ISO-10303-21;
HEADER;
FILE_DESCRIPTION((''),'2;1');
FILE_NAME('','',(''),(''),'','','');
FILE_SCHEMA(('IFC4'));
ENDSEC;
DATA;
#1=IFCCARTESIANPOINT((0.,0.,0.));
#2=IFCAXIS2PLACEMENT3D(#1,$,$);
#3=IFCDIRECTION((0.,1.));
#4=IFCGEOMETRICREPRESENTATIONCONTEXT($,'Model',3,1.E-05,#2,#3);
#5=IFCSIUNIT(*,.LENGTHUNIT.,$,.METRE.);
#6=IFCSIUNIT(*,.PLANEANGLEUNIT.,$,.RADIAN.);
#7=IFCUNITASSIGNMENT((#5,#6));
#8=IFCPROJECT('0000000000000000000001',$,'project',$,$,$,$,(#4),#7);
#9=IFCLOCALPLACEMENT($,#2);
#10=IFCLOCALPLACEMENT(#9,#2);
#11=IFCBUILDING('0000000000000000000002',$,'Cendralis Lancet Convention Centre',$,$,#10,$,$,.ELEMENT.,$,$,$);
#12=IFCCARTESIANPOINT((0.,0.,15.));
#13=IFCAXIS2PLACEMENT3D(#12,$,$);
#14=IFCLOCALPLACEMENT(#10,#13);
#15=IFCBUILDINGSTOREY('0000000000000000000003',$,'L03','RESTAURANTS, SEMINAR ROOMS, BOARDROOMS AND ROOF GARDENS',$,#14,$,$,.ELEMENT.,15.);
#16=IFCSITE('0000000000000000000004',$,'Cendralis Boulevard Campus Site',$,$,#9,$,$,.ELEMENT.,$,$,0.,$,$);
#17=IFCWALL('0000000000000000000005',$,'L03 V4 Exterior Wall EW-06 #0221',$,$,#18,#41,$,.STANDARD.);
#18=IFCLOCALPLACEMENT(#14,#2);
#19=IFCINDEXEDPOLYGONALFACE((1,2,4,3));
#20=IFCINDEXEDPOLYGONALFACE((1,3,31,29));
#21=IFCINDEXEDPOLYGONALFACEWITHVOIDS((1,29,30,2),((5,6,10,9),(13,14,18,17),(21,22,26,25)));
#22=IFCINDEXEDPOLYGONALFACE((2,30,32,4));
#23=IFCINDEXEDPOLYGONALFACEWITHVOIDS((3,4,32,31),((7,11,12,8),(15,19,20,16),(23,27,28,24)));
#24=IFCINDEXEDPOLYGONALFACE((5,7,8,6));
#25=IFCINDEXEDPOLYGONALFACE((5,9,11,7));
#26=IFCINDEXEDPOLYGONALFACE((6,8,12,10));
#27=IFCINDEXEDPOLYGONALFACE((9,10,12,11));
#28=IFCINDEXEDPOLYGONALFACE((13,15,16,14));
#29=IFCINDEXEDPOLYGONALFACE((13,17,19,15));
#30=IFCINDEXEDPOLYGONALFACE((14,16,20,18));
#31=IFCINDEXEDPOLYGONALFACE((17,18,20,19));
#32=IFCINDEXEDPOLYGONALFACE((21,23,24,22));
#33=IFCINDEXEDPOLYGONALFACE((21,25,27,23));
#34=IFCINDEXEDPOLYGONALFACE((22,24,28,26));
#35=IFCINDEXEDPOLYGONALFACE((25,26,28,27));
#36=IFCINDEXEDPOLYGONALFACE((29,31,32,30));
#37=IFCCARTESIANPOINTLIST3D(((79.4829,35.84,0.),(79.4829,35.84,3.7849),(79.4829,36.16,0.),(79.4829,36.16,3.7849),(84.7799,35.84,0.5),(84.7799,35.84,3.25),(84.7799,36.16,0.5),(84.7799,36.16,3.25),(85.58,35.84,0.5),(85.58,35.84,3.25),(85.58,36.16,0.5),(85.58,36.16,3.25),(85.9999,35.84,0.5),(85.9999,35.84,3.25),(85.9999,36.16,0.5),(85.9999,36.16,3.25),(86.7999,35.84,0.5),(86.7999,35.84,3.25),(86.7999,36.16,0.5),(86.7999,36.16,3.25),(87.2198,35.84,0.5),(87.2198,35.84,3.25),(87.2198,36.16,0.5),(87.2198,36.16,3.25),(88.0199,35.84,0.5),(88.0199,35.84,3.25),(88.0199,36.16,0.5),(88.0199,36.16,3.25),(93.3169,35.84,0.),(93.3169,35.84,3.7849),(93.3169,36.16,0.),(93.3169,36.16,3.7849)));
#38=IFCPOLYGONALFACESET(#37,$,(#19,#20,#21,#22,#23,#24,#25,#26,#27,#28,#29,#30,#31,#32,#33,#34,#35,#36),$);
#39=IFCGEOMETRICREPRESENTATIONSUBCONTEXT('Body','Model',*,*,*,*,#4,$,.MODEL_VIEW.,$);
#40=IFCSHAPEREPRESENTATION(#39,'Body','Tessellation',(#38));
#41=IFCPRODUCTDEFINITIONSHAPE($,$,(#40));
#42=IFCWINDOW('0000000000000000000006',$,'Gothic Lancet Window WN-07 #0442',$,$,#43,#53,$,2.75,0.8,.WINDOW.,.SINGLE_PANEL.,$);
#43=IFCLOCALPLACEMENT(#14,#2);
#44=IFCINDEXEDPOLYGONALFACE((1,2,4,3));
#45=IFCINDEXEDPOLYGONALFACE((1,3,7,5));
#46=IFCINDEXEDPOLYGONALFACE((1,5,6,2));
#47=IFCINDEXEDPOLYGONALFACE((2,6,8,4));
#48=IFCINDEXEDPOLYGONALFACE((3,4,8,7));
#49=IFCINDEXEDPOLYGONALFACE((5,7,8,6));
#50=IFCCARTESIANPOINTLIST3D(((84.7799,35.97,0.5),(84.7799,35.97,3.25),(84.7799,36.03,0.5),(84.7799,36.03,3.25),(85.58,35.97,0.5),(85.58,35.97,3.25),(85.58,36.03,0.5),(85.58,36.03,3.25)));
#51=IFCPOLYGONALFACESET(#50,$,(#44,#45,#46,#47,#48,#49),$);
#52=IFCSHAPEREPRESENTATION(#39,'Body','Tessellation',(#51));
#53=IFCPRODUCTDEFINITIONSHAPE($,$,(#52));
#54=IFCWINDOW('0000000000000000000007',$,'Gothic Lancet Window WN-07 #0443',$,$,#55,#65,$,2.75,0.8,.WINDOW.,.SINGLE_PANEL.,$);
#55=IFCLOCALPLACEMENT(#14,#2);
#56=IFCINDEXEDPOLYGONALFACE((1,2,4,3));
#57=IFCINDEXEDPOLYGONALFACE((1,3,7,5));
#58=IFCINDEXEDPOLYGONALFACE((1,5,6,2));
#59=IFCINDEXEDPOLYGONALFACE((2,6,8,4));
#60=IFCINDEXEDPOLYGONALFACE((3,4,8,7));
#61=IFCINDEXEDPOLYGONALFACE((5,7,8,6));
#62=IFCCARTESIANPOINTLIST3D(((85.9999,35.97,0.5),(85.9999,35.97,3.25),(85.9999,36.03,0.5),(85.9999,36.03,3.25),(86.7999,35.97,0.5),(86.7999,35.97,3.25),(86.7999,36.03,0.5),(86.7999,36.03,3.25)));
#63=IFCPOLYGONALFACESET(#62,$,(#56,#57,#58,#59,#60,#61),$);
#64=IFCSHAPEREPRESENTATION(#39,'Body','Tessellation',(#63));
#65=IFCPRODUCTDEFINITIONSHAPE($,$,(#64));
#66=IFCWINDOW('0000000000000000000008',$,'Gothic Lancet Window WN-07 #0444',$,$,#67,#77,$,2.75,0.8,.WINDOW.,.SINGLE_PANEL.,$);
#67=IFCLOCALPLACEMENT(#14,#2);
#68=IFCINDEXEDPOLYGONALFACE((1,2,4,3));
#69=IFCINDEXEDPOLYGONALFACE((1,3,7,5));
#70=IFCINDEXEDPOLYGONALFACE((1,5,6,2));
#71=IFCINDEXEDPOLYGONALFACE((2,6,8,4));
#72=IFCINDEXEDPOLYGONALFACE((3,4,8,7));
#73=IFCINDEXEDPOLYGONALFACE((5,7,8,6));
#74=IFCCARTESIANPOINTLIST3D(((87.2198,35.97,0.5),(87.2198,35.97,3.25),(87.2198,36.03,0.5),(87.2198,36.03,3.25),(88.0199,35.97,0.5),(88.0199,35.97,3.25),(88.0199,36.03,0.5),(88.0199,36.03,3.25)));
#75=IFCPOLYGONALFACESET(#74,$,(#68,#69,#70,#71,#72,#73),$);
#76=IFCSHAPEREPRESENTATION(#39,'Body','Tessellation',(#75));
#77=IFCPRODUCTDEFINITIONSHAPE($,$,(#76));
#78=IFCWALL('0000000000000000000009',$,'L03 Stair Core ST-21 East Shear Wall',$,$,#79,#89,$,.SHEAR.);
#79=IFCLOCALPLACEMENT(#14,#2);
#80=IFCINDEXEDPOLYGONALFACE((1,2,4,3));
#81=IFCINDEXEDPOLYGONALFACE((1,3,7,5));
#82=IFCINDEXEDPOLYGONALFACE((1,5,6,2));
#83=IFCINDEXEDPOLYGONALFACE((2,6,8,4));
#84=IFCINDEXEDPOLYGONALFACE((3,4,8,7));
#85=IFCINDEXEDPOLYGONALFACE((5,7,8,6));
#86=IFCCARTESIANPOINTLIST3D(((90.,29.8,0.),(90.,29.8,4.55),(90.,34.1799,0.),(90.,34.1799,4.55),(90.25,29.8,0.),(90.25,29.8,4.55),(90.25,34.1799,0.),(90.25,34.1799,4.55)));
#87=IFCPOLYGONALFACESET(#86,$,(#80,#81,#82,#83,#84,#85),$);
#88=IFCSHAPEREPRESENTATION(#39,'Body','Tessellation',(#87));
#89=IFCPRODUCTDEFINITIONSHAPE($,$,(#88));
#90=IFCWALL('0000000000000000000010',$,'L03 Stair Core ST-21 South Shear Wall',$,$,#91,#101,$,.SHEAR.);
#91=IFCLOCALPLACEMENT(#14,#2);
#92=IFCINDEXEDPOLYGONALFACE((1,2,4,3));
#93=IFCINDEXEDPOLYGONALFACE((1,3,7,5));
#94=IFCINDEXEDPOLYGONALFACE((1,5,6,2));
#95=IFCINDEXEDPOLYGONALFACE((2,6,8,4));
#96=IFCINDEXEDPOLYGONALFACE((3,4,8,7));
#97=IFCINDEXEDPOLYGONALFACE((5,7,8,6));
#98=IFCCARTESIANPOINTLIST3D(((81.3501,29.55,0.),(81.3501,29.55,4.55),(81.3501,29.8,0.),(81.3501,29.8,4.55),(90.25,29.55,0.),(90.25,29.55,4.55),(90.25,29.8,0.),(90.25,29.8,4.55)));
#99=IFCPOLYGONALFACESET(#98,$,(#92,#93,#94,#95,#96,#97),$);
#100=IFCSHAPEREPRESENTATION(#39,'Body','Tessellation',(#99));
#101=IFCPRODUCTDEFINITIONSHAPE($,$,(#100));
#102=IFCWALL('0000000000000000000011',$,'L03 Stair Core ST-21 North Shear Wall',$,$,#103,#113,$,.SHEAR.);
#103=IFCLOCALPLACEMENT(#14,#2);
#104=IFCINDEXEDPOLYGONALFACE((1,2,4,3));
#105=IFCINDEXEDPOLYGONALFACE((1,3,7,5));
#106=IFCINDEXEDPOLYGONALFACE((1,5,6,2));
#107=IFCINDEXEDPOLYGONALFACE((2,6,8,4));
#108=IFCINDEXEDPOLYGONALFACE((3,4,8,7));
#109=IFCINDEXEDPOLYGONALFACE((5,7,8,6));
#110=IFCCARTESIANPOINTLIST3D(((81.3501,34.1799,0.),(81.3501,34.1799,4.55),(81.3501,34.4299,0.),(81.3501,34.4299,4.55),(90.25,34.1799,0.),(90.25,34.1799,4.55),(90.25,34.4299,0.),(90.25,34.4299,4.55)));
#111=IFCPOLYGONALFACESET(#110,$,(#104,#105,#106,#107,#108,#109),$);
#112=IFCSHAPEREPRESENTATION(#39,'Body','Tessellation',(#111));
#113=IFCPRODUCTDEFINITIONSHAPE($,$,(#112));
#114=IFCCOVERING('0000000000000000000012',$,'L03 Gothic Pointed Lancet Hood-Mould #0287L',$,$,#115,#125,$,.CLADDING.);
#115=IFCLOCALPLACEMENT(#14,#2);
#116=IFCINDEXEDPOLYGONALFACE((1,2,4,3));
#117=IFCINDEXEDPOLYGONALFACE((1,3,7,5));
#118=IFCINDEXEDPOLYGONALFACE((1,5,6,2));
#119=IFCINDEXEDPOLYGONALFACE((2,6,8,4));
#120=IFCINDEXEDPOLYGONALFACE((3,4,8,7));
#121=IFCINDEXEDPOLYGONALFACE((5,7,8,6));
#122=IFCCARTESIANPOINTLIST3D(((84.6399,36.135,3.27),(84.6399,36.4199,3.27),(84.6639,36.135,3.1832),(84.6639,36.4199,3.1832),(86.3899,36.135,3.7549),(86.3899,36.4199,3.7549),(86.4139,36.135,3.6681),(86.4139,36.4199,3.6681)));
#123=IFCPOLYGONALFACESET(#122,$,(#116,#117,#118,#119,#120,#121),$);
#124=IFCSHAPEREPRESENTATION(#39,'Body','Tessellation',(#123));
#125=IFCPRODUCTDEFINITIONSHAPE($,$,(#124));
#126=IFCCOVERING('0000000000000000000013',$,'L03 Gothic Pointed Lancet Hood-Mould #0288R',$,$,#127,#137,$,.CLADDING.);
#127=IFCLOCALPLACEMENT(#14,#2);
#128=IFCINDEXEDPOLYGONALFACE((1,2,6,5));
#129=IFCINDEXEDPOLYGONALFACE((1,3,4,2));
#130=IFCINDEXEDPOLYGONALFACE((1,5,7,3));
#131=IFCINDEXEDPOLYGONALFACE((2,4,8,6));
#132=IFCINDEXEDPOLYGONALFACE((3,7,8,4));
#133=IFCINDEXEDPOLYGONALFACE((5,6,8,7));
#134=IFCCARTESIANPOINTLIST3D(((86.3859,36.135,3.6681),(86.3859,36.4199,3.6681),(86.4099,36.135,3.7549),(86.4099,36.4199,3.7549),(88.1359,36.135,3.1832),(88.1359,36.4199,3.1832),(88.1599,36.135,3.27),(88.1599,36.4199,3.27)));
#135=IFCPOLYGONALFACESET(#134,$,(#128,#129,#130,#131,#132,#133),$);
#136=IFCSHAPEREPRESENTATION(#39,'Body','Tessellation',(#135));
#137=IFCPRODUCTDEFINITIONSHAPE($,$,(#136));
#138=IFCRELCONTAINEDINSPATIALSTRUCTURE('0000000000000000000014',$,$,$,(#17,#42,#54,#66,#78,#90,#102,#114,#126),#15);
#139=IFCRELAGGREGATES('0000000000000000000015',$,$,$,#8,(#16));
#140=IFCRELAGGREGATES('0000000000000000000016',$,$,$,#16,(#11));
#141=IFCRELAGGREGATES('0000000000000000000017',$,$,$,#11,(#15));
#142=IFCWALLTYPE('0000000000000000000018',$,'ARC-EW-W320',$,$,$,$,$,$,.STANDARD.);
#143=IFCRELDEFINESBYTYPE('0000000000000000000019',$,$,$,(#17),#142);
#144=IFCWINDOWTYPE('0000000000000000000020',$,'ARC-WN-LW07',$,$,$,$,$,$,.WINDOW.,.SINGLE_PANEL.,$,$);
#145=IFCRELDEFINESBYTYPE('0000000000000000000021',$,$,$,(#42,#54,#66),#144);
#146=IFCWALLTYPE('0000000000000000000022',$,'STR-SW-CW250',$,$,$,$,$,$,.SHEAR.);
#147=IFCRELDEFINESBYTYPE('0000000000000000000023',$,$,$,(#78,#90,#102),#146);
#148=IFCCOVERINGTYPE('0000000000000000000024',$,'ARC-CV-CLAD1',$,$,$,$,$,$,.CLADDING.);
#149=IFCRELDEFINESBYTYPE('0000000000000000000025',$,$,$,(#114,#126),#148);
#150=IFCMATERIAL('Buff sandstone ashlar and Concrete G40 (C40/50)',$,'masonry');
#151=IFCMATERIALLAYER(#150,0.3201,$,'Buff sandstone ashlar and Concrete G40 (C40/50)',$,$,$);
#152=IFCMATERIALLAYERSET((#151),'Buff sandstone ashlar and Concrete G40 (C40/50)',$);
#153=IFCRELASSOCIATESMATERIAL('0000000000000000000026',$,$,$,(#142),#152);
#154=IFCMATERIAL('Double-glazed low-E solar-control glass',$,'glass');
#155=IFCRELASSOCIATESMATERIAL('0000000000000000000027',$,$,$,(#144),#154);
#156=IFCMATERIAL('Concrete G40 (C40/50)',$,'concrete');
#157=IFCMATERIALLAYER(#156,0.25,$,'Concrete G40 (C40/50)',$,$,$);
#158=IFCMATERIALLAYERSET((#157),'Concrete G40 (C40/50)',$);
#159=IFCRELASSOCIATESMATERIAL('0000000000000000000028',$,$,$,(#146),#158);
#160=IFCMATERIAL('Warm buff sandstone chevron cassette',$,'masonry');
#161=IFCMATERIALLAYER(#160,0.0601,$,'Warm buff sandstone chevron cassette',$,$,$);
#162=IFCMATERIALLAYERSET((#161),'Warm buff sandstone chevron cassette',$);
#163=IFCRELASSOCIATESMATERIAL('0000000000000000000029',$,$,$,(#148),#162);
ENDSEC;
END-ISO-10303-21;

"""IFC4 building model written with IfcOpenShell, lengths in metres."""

from ifc_helpers import new_model, si_unit, direction, frame, frame_2d, origin, place, context, subcontext, project, spatial, polyline, rectangle, outline, extrude, material, layer, layer_set, type_object, element, fill, save


model = new_model("IFC4")

# Units and contexts
model_context = context("Model", 3, precision=1e-05, world=origin(), true_north=direction((0.0, 1.0)))
body_context = subcontext(model_context, "Body", "Model", "MODEL_VIEW")
ifc_project = project(units=[si_unit("LENGTHUNIT", "METRE"), si_unit("PLANEANGLEUNIT", "RADIAN")], contexts=[model_context])

# Site, building, storey
site_placement = place(None, origin())
site = spatial("IfcSite", under=ifc_project, at=site_placement, Name="Cendralis Boulevard Campus Site", CompositionType="ELEMENT", RefElevation=0.0)
building_placement = place(site_placement, origin())
building = spatial("IfcBuilding", under=site, at=building_placement, Name="Cendralis Lancet Convention Centre", CompositionType="ELEMENT")
storey_placement = place(building_placement, frame((0.0, 0.0, 15.0)))
storey = spatial("IfcBuildingStorey", under=building, at=storey_placement, Name="L03", Description="RESTAURANTS, SEMINAR ROOMS, BOARDROOMS AND ROOF GARDENS", CompositionType="ELEMENT", Elevation=15.0)

# Shared definitions
ifc_material_1 = material(Name="Concrete G40 (C40/50)", Category="concrete")

# Shared definitions
ifc_material_2 = material(Name="Double-glazed low-E solar-control glass", Category="glass")

# Wall, openings, windows
ifc_material_3 = material(Name="Buff sandstone ashlar and Concrete G40 (C40/50)", Category="masonry")
ifc_layer_1 = layer(ifc_material_3, 0.3201, Name="Buff sandstone ashlar and Concrete G40 (C40/50)")
ifc_layer_set_1 = layer_set([ifc_layer_1], Name="Buff sandstone ashlar and Concrete G40 (C40/50)")
wall_type_1 = type_object("IfcWallType", Name="ARC-EW-W320", PredefinedType="STANDARD", material=ifc_layer_set_1)
wall_1_placement = place(storey_placement, frame((79.4829, 36.0, 0.0), z_axis=(0.0, 0.0, 1.0), x_axis=(1.0, 0.0, 0.0)))
wall_1 = element("IfcWall", 1, at=wall_1_placement, inside=storey, type_object=wall_type_1, Name="L03 V4 Exterior Wall EW-06 #0221", PredefinedType="STANDARD", context=body_context, shape_type="SweptSolid", body=[
    extrude(rectangle(XDim=13.834, YDim=0.3201, at=frame_2d((6.917, 0.0))), origin(), (0.0, 0.0, 1.0), 3.7849),
])
opening_1_placement = place(wall_1_placement, frame((5.2971, 0.0, 0.5)))
opening_1 = element("IfcOpeningElement", 2, at=opening_1_placement, cuts=wall_1, PredefinedType="OPENING", context=body_context, shape_type="SweptSolid", body=[
    extrude(rectangle(XDim=0.8, YDim=2.75, at=frame_2d((0.3999, 1.375))), frame((0.0, 0.1699, 0.0), z_axis=(0.0, -1.0, 0.0), x_axis=(1.0, 0.0, 0.0)), (0.0, 0.0, 1.0), 0.3401),
])
opening_2_placement = place(wall_1_placement, frame((6.5171, 0.0, 0.5)))
opening_2 = element("IfcOpeningElement", 3, at=opening_2_placement, cuts=wall_1, PredefinedType="OPENING", context=body_context, shape_type="SweptSolid", body=[
    extrude(rectangle(XDim=0.8, YDim=2.75, at=frame_2d((0.3999, 1.375))), frame((0.0, 0.1699, 0.0), z_axis=(0.0, -1.0, 0.0), x_axis=(1.0, 0.0, 0.0)), (0.0, 0.0, 1.0), 0.3401),
])
opening_3_placement = place(wall_1_placement, frame((7.7371, 0.0, 0.5)))
opening_3 = element("IfcOpeningElement", 4, at=opening_3_placement, cuts=wall_1, PredefinedType="OPENING", context=body_context, shape_type="SweptSolid", body=[
    extrude(rectangle(XDim=0.8, YDim=2.75, at=frame_2d((0.3999, 1.375))), frame((0.0, 0.1699, 0.0), z_axis=(0.0, -1.0, 0.0), x_axis=(1.0, 0.0, 0.0)), (0.0, 0.0, 1.0), 0.3401),
])
window_type = type_object("IfcWindowType", Name="ARC-WN-LW07", PartitioningType="SINGLE_PANEL", PredefinedType="WINDOW", material=ifc_material_2)
window_1_placement = place(opening_1_placement, origin())
window_1 = element("IfcWindow", 5, at=window_1_placement, inside=storey, type_object=window_type, Name="Gothic Lancet Window WN-07 #0442", OverallHeight=2.75, OverallWidth=0.8, PartitioningType="SINGLE_PANEL", PredefinedType="WINDOW", context=body_context, shape_type="SweptSolid", body=[
    extrude(rectangle(XDim=0.8, YDim=2.75, at=frame_2d((0.3999, 1.375))), frame((0.0, 0.03, 0.0), z_axis=(0.0, -1.0, 0.0), x_axis=(1.0, 0.0, 0.0)), (0.0, 0.0, 1.0), 0.0601),
])
fill(opening_1, window_1)
window_2_placement = place(opening_2_placement, origin())
window_2 = element("IfcWindow", 6, at=window_2_placement, inside=storey, type_object=window_type, Name="Gothic Lancet Window WN-07 #0443", OverallHeight=2.75, OverallWidth=0.8, PartitioningType="SINGLE_PANEL", PredefinedType="WINDOW", context=body_context, shape_type="SweptSolid", body=[
    extrude(rectangle(XDim=0.8, YDim=2.75, at=frame_2d((0.3999, 1.375))), frame((0.0, 0.03, 0.0), z_axis=(0.0, -1.0, 0.0), x_axis=(1.0, 0.0, 0.0)), (0.0, 0.0, 1.0), 0.0601),
])
fill(opening_2, window_2)
window_3_placement = place(opening_3_placement, origin())
window_3 = element("IfcWindow", 7, at=window_3_placement, inside=storey, type_object=window_type, Name="Gothic Lancet Window WN-07 #0444", OverallHeight=2.75, OverallWidth=0.8, PartitioningType="SINGLE_PANEL", PredefinedType="WINDOW", context=body_context, shape_type="SweptSolid", body=[
    extrude(rectangle(XDim=0.8, YDim=2.75, at=frame_2d((0.3999, 1.375))), frame((0.0, 0.03, 0.0), z_axis=(0.0, -1.0, 0.0), x_axis=(1.0, 0.0, 0.0)), (0.0, 0.0, 1.0), 0.0601),
])
fill(opening_3, window_3)

# Shared definitions
ifc_layer_2 = layer(ifc_material_1, 0.25, Name="Concrete G40 (C40/50)")
ifc_layer_set_2 = layer_set([ifc_layer_2], Name="Concrete G40 (C40/50)")
wall_type_2 = type_object("IfcWallType", Name="STR-SW-CW250", PredefinedType="SHEAR", material=ifc_layer_set_2)

# Walls
wall_2_placement = place(storey_placement, frame((90.125, 29.8, 0.0), z_axis=(0.0, 0.0, 1.0), x_axis=(0.0, 1.0, 0.0)))
element("IfcWall", 8, at=wall_2_placement, inside=storey, type_object=wall_type_2, Name="L03 Stair Core ST-21 East Shear Wall", PredefinedType="SHEAR", context=body_context, shape_type="SweptSolid", body=[
    extrude(rectangle(XDim=4.3799, YDim=0.25, at=frame_2d((2.1899, 0.0))), origin(), (0.0, 0.0, 1.0), 4.55),
])
for number, where, z_axis, x_axis, name in (
    (9, (81.3501, 29.675, 0.0), (0.0, 0.0, 1.0), (1.0, 0.0, 0.0), "L03 Stair Core ST-21 South Shear Wall"),
    (10, (81.3501, 34.3049, 0.0), (0.0, 0.0, 1.0), (1.0, 0.0, 0.0), "L03 Stair Core ST-21 North Shear Wall"),
):
    element("IfcWall", number, at=place(storey_placement, frame(where, z_axis=z_axis, x_axis=x_axis)), inside=storey, type_object=wall_type_2, Name=name, PredefinedType="SHEAR", context=body_context, shape_type="SweptSolid", body=[
        extrude(rectangle(XDim=8.8999, YDim=0.25, at=frame_2d((4.45, 0.0))), origin(), (0.0, 0.0, 1.0), 4.55),
    ])

# Coverings
ifc_material_4 = material(Name="Warm buff sandstone chevron cassette", Category="masonry")
ifc_layer_3 = layer(ifc_material_4, 0.0601, Name="Warm buff sandstone chevron cassette")
ifc_layer_set_3 = layer_set([ifc_layer_3], Name="Warm buff sandstone chevron cassette")
covering_type = type_object("IfcCoveringType", Name="ARC-CV-CLAD1", PredefinedType="CLADDING", material=ifc_layer_set_3)
for number, where, z_axis, x_axis, name in (
    (11, (84.6399, 36.4199, 3.27), (-0.267006, 0.0, 0.963695), (0.0, -1.0, 0.0), "L03 Gothic Pointed Lancet Hood-Mould #0287L"),
    (12, (86.4099, 36.4199, 3.7549), (0.267006, 0.0, 0.963695), (0.0, -1.0, 0.0), "L03 Gothic Pointed Lancet Hood-Mould #0288R"),
):
    element("IfcCovering", number, at=place(storey_placement, frame(where, z_axis=z_axis, x_axis=x_axis)), inside=storey, type_object=covering_type, Name=name, PredefinedType="CLADDING", context=body_context, shape_type="SweptSolid", body=[
        extrude(outline(polyline([(0.0, 0.0), (0.2849, 0.0), (0.2849, 1.8159), (0.0, 1.8159), (0.0, 0.0)])), origin(), (0.0, 0.0, -1.0), 0.0901),
    ])

save(model, "model.ifc")
